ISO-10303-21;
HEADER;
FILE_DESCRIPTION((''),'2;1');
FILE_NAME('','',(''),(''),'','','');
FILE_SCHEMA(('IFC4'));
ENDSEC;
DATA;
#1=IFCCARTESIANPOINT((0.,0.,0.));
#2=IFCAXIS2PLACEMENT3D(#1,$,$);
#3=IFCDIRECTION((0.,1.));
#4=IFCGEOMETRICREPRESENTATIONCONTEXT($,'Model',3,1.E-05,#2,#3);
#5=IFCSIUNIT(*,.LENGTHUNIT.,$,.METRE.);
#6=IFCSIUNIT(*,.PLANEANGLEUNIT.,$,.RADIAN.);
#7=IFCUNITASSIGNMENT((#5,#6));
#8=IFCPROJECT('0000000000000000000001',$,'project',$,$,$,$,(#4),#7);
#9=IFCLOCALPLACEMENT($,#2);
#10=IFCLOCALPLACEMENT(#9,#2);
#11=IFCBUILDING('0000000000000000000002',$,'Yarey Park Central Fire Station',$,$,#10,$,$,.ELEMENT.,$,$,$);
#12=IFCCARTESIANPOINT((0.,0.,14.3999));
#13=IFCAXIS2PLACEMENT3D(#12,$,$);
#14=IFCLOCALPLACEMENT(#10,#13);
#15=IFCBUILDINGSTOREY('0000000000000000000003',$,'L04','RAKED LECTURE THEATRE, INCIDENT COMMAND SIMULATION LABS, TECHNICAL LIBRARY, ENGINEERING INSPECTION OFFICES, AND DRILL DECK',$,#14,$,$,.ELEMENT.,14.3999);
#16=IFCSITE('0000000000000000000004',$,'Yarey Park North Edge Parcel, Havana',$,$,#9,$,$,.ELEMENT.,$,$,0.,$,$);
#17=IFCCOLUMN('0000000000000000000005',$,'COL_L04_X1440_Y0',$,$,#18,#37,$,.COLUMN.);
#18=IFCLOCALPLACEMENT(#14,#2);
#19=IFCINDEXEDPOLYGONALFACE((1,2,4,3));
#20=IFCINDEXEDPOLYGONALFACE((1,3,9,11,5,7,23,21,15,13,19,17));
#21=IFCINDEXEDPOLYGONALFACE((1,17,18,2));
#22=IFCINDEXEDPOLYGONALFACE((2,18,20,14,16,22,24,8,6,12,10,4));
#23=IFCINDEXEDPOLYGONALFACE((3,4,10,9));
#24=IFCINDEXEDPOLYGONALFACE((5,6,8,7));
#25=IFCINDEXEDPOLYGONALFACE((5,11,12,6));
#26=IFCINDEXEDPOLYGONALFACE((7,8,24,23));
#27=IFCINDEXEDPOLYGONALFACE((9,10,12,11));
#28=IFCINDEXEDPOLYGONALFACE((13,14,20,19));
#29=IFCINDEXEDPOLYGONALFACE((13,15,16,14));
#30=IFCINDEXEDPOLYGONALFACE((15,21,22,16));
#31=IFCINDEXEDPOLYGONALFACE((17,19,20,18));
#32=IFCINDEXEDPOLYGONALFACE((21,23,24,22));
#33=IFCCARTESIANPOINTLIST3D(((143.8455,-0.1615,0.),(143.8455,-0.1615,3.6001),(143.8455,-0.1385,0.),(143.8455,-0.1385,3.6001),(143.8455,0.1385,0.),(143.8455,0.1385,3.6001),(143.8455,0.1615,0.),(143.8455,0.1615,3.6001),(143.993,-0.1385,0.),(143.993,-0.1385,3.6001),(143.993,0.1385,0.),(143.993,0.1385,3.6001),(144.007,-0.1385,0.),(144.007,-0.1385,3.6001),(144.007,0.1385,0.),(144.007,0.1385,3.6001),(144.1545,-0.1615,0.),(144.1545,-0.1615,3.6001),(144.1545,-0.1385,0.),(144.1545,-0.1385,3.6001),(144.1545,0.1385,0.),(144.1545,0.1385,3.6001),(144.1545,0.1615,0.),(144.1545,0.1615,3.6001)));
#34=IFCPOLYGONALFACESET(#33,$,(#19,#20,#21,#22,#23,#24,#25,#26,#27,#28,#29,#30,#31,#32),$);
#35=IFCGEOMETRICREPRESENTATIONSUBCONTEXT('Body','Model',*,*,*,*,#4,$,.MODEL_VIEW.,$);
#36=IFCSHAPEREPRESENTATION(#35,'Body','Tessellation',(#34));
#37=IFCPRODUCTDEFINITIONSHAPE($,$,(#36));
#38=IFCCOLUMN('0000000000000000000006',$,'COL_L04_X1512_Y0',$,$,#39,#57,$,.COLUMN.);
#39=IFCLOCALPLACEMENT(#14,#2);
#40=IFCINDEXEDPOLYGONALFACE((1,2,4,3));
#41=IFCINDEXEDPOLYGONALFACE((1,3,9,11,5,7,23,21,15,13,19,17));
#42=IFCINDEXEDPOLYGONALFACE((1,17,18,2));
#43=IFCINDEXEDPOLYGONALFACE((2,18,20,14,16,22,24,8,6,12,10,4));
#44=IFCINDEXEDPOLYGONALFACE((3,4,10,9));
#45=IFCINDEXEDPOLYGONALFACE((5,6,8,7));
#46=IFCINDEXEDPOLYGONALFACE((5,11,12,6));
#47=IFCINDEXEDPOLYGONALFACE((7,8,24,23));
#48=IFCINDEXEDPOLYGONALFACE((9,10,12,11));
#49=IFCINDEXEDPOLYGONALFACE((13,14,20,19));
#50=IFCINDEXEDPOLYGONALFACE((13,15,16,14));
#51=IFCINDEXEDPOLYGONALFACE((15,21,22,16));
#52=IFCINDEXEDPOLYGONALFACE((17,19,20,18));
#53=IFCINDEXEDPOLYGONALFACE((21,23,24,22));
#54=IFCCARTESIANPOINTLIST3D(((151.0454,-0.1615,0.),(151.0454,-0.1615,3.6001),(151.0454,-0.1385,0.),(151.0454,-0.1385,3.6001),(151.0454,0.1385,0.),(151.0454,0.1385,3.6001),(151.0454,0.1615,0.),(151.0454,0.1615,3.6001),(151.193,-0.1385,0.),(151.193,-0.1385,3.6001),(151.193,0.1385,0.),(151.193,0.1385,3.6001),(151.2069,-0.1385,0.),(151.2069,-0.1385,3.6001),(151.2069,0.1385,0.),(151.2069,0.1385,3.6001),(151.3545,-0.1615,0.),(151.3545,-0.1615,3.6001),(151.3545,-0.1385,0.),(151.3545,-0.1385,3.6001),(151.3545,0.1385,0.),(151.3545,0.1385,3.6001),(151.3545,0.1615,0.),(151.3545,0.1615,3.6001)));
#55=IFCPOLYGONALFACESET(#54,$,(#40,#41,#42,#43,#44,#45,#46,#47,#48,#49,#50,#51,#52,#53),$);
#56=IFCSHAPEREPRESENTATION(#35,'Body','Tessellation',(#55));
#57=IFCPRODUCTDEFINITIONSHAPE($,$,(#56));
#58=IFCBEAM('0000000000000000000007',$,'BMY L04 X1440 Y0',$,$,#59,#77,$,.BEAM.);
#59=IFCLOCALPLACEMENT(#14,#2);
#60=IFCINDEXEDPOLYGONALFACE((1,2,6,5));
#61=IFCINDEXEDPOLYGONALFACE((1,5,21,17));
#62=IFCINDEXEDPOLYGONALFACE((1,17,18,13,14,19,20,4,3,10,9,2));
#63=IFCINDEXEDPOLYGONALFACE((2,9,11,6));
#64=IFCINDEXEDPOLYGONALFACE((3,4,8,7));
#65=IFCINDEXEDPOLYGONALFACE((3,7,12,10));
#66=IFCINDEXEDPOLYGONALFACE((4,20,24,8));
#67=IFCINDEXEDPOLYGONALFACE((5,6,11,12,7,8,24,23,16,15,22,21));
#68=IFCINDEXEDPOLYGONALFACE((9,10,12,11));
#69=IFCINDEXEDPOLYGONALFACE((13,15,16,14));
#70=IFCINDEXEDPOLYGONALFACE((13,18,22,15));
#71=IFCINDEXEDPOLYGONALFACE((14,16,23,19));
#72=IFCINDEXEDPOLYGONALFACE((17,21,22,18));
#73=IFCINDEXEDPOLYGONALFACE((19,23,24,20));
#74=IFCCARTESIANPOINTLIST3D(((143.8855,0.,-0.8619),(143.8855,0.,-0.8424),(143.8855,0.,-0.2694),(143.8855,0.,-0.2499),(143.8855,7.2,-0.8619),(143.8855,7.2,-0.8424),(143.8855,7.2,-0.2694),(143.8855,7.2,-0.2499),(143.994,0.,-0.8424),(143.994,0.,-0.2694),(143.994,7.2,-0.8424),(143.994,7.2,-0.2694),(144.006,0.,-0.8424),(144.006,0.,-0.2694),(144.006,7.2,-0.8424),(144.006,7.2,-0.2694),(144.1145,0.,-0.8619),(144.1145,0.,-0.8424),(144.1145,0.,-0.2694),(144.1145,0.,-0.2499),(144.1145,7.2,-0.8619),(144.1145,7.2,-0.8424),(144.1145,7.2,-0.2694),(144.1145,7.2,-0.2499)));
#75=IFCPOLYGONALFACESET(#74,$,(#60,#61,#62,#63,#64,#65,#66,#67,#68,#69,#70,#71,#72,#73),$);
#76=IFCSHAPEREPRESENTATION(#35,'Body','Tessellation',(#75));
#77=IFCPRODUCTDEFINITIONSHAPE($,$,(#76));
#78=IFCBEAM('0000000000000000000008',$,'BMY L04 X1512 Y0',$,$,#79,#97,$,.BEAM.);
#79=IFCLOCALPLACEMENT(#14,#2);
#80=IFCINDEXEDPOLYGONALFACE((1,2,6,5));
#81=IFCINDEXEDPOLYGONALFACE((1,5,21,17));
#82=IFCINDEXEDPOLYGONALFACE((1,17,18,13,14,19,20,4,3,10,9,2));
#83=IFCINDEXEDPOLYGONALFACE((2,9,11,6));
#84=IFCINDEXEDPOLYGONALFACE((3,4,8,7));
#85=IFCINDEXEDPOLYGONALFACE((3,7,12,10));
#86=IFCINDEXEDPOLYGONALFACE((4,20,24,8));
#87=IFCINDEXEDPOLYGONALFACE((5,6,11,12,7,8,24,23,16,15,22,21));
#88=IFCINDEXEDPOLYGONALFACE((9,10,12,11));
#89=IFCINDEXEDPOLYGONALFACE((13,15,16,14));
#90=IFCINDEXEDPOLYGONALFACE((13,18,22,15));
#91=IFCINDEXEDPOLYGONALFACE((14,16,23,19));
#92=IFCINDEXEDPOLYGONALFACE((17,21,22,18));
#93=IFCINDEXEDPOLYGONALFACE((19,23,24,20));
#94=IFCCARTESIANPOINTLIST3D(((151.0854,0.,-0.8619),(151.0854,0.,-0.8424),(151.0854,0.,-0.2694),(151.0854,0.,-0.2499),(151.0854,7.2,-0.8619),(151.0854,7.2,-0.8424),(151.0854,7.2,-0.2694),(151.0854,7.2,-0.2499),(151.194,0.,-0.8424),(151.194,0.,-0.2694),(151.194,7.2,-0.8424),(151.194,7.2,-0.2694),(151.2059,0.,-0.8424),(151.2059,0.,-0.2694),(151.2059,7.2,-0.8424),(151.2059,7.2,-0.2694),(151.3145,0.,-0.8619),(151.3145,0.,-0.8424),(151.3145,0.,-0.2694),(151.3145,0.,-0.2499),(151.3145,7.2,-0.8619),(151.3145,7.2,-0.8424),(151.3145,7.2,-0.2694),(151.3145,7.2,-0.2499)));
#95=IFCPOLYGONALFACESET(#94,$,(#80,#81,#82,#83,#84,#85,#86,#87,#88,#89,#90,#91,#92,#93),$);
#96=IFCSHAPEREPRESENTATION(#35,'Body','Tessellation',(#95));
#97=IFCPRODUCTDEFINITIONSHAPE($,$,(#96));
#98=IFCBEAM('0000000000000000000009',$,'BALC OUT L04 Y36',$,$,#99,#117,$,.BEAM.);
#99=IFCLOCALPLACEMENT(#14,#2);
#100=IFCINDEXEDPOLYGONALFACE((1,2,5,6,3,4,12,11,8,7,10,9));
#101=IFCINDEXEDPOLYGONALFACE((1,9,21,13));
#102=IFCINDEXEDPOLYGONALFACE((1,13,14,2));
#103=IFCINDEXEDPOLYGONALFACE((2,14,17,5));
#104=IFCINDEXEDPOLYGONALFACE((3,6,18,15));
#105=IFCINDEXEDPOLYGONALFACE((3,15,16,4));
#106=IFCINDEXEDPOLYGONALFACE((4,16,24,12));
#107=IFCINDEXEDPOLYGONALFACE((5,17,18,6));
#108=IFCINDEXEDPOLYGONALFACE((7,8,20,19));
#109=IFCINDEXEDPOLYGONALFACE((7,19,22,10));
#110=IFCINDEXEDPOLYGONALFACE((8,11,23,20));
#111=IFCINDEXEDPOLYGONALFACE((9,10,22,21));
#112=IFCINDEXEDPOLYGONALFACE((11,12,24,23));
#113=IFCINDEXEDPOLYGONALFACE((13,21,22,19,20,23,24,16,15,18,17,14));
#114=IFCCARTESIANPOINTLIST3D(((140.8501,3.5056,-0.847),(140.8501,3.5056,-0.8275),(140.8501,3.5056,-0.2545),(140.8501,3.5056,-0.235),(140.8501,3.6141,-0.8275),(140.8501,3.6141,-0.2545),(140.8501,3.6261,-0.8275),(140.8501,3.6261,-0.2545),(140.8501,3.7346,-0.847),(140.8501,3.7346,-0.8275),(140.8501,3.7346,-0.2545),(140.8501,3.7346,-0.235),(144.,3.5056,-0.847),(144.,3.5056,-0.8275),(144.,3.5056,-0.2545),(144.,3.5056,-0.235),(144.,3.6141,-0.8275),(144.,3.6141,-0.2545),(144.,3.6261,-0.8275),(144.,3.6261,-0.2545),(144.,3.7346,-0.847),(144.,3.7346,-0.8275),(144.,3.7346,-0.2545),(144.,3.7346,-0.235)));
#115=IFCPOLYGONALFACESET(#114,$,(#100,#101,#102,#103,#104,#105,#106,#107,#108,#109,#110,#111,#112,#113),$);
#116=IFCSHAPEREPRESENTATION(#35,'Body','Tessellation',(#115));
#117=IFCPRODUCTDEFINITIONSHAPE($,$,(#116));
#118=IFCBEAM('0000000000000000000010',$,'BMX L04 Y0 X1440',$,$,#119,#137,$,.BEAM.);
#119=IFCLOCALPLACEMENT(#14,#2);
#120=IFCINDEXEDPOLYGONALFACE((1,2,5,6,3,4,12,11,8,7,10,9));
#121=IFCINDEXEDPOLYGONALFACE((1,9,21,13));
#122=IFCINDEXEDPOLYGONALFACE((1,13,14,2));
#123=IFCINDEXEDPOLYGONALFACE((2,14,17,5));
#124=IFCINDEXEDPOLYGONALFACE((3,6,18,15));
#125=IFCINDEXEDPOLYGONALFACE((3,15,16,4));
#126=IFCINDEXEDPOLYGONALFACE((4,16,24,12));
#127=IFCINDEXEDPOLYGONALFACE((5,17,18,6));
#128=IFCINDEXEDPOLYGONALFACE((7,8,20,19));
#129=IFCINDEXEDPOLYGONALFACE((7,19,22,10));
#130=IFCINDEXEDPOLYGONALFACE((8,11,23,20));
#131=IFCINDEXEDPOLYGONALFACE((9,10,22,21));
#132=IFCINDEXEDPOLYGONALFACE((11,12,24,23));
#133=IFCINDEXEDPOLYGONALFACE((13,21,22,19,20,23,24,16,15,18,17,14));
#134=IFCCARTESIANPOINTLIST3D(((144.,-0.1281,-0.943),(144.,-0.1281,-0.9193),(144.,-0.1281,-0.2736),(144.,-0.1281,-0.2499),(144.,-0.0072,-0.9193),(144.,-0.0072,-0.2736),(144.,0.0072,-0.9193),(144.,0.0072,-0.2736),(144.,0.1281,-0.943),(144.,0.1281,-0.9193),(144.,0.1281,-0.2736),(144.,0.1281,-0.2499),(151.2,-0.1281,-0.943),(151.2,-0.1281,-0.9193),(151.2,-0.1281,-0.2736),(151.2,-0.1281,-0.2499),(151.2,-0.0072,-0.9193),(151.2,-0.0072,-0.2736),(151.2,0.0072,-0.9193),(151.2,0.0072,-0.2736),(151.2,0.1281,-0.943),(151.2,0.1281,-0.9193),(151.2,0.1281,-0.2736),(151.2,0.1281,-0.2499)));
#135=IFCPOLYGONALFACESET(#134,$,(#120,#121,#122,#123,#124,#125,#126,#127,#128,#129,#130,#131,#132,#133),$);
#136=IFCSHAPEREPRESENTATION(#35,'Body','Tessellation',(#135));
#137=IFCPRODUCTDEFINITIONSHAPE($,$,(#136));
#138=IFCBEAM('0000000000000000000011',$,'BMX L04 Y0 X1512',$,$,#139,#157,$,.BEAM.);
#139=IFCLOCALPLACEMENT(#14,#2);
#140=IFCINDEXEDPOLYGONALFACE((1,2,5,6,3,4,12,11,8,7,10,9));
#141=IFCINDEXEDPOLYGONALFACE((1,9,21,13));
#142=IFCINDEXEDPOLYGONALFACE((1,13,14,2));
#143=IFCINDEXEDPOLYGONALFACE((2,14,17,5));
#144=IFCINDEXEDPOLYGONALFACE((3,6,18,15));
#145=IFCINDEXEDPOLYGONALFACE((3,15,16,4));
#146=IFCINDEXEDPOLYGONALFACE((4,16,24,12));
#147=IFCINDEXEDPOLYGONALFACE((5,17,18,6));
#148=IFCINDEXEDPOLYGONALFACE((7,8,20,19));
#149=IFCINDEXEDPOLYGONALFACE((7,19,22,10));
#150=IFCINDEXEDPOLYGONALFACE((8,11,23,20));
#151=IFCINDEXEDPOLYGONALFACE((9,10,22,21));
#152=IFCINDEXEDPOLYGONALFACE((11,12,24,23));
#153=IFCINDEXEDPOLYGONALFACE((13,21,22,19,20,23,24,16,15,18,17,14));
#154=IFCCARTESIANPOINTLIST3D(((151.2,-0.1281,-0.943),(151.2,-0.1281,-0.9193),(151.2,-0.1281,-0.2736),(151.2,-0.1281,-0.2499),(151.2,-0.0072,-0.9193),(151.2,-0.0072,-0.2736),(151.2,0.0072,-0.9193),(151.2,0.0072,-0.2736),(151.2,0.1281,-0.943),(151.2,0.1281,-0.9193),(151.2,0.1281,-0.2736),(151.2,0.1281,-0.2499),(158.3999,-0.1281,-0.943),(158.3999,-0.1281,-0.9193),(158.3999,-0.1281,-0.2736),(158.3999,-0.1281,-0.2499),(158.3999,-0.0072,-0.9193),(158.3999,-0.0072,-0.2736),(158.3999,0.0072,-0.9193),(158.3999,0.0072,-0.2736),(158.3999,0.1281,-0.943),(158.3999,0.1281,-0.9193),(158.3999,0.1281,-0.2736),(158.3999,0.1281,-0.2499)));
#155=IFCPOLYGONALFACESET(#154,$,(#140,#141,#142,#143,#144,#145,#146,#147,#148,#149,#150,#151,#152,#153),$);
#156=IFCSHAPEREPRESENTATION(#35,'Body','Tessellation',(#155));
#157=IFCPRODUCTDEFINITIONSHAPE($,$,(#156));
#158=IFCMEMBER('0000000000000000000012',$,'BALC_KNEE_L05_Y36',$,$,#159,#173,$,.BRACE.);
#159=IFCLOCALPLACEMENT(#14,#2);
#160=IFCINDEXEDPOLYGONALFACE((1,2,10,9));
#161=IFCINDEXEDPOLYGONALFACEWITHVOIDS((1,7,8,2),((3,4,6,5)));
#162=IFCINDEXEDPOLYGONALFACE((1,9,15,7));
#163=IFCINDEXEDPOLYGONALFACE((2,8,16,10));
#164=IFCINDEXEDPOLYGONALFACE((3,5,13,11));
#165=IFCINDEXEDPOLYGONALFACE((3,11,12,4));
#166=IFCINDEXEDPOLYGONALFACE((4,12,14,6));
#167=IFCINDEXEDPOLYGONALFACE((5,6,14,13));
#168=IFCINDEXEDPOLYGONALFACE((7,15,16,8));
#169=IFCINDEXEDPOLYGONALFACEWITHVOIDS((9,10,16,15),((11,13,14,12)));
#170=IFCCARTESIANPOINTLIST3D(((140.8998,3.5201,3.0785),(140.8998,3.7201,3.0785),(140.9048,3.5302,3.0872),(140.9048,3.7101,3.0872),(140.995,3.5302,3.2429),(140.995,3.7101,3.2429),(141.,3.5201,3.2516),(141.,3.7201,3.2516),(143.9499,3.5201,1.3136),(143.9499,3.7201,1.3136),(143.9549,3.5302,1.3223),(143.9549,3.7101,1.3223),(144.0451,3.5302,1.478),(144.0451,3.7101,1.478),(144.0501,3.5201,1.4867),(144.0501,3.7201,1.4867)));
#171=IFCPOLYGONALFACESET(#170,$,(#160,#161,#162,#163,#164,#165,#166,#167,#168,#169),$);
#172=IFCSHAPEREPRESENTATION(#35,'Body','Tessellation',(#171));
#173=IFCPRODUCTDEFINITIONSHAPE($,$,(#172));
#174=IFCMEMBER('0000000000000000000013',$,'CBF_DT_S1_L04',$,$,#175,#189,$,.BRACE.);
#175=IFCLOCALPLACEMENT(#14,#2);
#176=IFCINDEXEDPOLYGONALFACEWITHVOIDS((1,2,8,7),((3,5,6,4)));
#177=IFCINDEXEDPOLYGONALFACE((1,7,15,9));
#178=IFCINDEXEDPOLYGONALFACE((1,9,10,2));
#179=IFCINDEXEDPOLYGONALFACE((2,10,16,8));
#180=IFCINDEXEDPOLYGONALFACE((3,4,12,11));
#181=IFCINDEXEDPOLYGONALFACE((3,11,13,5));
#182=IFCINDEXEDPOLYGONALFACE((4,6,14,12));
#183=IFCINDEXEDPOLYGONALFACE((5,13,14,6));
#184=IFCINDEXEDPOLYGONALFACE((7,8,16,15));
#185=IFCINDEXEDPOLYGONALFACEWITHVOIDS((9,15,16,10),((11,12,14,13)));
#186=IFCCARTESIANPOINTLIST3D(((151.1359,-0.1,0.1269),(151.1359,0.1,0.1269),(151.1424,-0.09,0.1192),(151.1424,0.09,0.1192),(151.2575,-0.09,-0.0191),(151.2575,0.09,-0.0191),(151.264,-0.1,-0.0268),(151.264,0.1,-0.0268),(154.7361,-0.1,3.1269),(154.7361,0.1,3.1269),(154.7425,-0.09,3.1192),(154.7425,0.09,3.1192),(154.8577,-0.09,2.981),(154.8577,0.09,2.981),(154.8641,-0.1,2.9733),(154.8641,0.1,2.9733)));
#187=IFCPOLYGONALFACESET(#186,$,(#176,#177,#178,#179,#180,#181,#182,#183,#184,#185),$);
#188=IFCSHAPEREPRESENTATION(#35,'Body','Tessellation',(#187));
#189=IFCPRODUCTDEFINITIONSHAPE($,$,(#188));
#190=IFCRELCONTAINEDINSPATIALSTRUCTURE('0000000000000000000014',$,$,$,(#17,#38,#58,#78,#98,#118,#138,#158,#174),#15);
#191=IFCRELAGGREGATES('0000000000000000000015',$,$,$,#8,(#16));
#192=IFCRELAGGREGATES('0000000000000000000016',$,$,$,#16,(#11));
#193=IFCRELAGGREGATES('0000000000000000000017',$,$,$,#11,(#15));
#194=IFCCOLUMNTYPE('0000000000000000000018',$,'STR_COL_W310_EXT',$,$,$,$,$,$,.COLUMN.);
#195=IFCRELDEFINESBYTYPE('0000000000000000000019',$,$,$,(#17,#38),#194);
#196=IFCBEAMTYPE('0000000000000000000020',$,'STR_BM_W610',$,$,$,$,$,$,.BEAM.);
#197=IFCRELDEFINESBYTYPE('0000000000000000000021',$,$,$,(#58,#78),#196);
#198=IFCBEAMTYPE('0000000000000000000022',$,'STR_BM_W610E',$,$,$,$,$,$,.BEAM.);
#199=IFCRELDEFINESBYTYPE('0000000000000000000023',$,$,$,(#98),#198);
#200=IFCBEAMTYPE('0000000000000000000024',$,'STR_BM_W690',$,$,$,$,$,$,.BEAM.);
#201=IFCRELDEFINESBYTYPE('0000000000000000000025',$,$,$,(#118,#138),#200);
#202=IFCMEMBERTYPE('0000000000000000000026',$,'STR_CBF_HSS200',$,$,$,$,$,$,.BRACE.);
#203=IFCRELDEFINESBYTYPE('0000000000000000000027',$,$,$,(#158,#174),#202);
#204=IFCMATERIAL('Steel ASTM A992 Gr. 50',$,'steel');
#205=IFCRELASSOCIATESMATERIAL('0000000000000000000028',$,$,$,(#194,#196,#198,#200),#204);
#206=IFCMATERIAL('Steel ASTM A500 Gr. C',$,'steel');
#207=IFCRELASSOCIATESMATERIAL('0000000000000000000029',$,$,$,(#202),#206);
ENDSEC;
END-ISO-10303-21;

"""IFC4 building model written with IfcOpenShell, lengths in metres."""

from ifc_helpers import new_model, si_unit, direction, frame, origin, origin_2d, place, context, subcontext, project, spatial, hollow_rectangle, i_section, extrude, material, material_profile, profile_set, type_object, element, save


model = new_model("IFC4")

# Units and contexts
model_context = context("Model", 3, precision=1e-05, world=origin(), true_north=direction((0.0, 1.0)))
body_context = subcontext(model_context, "Body", "Model", "MODEL_VIEW")
ifc_project = project(units=[si_unit("LENGTHUNIT", "METRE"), si_unit("PLANEANGLEUNIT", "RADIAN")], contexts=[model_context])

# Site, building, storey
site_placement = place(None, origin())
site = spatial("IfcSite", under=ifc_project, at=site_placement, Name="Yarey Park North Edge Parcel, Havana", CompositionType="ELEMENT", RefElevation=0.0)
building_placement = place(site_placement, origin())
building = spatial("IfcBuilding", under=site, at=building_placement, Name="Yarey Park Central Fire Station", CompositionType="ELEMENT")
storey_placement = place(building_placement, frame((0.0, 0.0, 14.3999)))
storey = spatial("IfcBuildingStorey", under=building, at=storey_placement, Name="L04", Description="RAKED LECTURE THEATRE, INCIDENT COMMAND SIMULATION LABS, TECHNICAL LIBRARY, ENGINEERING INSPECTION OFFICES, AND DRILL DECK", CompositionType="ELEMENT", Elevation=14.3999)

# Columns
ifc_material_1 = material(Name="Steel ASTM A992 Gr. 50", Category="steel")
ifc_material_profile_1 = material_profile(ifc_material_1, i_section(OverallWidth=0.3091, OverallDepth=0.323, WebThickness=0.0139, FlangeThickness=0.0229, at=origin_2d()), Name="W310x143")
ifc_profile_set_1 = profile_set([ifc_material_profile_1], Name="Steel ASTM A992 Gr. 50")
column_type = type_object("IfcColumnType", Name="STR_COL_W310_EXT", PredefinedType="COLUMN", material=ifc_profile_set_1)
for number, where, z_axis, x_axis, name in (
    (1, (144.0, 0.0, 0.0), (0.0, 0.0, 1.0), (1.0, 0.0, 0.0), "COL_L04_X1440_Y0"),
    (2, (151.2, 0.0, 0.0), (0.0, 0.0, 1.0), (1.0, 0.0, 0.0), "COL_L04_X1512_Y0"),
):
    element("IfcColumn", number, at=place(storey_placement, frame(where, z_axis=z_axis, x_axis=x_axis)), inside=storey, type_object=column_type, Name=name, PredefinedType="COLUMN", context=body_context, shape_type="SweptSolid", body=[
        extrude(i_section(OverallWidth=0.3091, OverallDepth=0.323, WebThickness=0.0139, FlangeThickness=0.0229, at=origin_2d()), origin(), (0.0, 0.0, 1.0), 3.6001),
    ])

# Beams
ifc_material_profile_2 = material_profile(ifc_material_1, i_section(OverallWidth=0.229, OverallDepth=0.6121, WebThickness=0.012, FlangeThickness=0.0195, at=origin_2d()), Name="W610x125")
ifc_profile_set_2 = profile_set([ifc_material_profile_2], Name="Steel ASTM A992 Gr. 50")
beam_type_1 = type_object("IfcBeamType", Name="STR_BM_W610", PredefinedType="BEAM", material=ifc_profile_set_2)
for number, where, z_axis, x_axis, name in (
    (3, (144.0, 0.0, -0.5559), (0.0, 1.0, 0.0), (-1.0, 0.0, 0.0), "BMY L04 X1440 Y0"),
    (4, (151.2, 0.0, -0.5559), (0.0, 1.0, 0.0), (-1.0, 0.0, 0.0), "BMY L04 X1512 Y0"),
):
    element("IfcBeam", number, at=place(storey_placement, frame(where, z_axis=z_axis, x_axis=x_axis)), inside=storey, type_object=beam_type_1, Name=name, PredefinedType="BEAM", context=body_context, shape_type="SweptSolid", body=[
        extrude(i_section(OverallWidth=0.229, OverallDepth=0.6121, WebThickness=0.012, FlangeThickness=0.0195, at=origin_2d()), origin(), (0.0, 0.0, 1.0), 7.2),
    ])
ifc_material_profile_3 = material_profile(ifc_material_1, i_section(OverallWidth=0.229, OverallDepth=0.6121, WebThickness=0.012, FlangeThickness=0.0195, at=origin_2d()), Name="W610x125")
ifc_profile_set_3 = profile_set([ifc_material_profile_3], Name="Steel ASTM A992 Gr. 50")
beam_type_2 = type_object("IfcBeamType", Name="STR_BM_W610E", PredefinedType="BEAM", material=ifc_profile_set_3)
beam_1_placement = place(storey_placement, frame((140.8501, 3.6201, -0.541), z_axis=(1.0, 0.0, 0.0), x_axis=(0.0, 1.0, 0.0)))
element("IfcBeam", 5, at=beam_1_placement, inside=storey, type_object=beam_type_2, Name="BALC OUT L04 Y36", PredefinedType="BEAM", context=body_context, shape_type="SweptSolid", body=[
    extrude(i_section(OverallWidth=0.229, OverallDepth=0.6121, WebThickness=0.012, FlangeThickness=0.0195, at=origin_2d()), origin(), (0.0, 0.0, 1.0), 3.1499),
])
ifc_material_profile_4 = material_profile(ifc_material_1, i_section(OverallWidth=0.2561, OverallDepth=0.6931, WebThickness=0.0144, FlangeThickness=0.0237, at=origin_2d()), Name="W690x170")
ifc_profile_set_4 = profile_set([ifc_material_profile_4], Name="Steel ASTM A992 Gr. 50")
beam_type_3 = type_object("IfcBeamType", Name="STR_BM_W690", PredefinedType="BEAM", material=ifc_profile_set_4)
for number, where, z_axis, x_axis, name in (
    (6, (144.0, 0.0, -0.5964), (1.0, 0.0, 0.0), (0.0, 1.0, 0.0), "BMX L04 Y0 X1440"),
    (7, (151.2, 0.0, -0.5964), (1.0, 0.0, 0.0), (0.0, 1.0, 0.0), "BMX L04 Y0 X1512"),
):
    element("IfcBeam", number, at=place(storey_placement, frame(where, z_axis=z_axis, x_axis=x_axis)), inside=storey, type_object=beam_type_3, Name=name, PredefinedType="BEAM", context=body_context, shape_type="SweptSolid", body=[
        extrude(i_section(OverallWidth=0.2561, OverallDepth=0.6931, WebThickness=0.0144, FlangeThickness=0.0237, at=origin_2d()), origin(), (0.0, 0.0, 1.0), 7.2),
    ])

# Members
ifc_material_2 = material(Name="Steel ASTM A500 Gr. C", Category="steel")
ifc_material_profile_5 = material_profile(ifc_material_2, hollow_rectangle(XDim=0.2, YDim=0.2, WallThickness=0.01, at=origin_2d()), Name="HSS 200x200x10")
ifc_profile_set_5 = profile_set([ifc_material_profile_5], Name="Steel ASTM A500 Gr. C")
member_type = type_object("IfcMemberType", Name="STR_CBF_HSS200", PredefinedType="BRACE", material=ifc_profile_set_5)
member_1_placement = place(storey_placement, frame((144.0, 3.6201, 1.4001), z_axis=(-0.86554, 0.0, 0.50084), x_axis=(0.0, -1.0, 0.0)))
element("IfcMember", 8, at=member_1_placement, inside=storey, type_object=member_type, Name="BALC_KNEE_L05_Y36", PredefinedType="BRACE", context=body_context, shape_type="SweptSolid", body=[
    extrude(hollow_rectangle(XDim=0.2, YDim=0.2, WallThickness=0.01, at=origin_2d()), origin(), (0.0, 0.0, 1.0), 3.5239),
])
member_2_placement = place(storey_placement, frame((151.2, 0.0, 0.05), z_axis=(0.76823, 0.0, 0.640174), x_axis=(0.0, 1.0, 0.0)))
element("IfcMember", 9, at=member_2_placement, inside=storey, type_object=member_type, Name="CBF_DT_S1_L04", PredefinedType="BRACE", context=body_context, shape_type="SweptSolid", body=[
    extrude(hollow_rectangle(XDim=0.2, YDim=0.2, WallThickness=0.01, at=origin_2d()), origin(), (0.0, 0.0, 1.0), 4.6863),
])

save(model, "model.ifc")
